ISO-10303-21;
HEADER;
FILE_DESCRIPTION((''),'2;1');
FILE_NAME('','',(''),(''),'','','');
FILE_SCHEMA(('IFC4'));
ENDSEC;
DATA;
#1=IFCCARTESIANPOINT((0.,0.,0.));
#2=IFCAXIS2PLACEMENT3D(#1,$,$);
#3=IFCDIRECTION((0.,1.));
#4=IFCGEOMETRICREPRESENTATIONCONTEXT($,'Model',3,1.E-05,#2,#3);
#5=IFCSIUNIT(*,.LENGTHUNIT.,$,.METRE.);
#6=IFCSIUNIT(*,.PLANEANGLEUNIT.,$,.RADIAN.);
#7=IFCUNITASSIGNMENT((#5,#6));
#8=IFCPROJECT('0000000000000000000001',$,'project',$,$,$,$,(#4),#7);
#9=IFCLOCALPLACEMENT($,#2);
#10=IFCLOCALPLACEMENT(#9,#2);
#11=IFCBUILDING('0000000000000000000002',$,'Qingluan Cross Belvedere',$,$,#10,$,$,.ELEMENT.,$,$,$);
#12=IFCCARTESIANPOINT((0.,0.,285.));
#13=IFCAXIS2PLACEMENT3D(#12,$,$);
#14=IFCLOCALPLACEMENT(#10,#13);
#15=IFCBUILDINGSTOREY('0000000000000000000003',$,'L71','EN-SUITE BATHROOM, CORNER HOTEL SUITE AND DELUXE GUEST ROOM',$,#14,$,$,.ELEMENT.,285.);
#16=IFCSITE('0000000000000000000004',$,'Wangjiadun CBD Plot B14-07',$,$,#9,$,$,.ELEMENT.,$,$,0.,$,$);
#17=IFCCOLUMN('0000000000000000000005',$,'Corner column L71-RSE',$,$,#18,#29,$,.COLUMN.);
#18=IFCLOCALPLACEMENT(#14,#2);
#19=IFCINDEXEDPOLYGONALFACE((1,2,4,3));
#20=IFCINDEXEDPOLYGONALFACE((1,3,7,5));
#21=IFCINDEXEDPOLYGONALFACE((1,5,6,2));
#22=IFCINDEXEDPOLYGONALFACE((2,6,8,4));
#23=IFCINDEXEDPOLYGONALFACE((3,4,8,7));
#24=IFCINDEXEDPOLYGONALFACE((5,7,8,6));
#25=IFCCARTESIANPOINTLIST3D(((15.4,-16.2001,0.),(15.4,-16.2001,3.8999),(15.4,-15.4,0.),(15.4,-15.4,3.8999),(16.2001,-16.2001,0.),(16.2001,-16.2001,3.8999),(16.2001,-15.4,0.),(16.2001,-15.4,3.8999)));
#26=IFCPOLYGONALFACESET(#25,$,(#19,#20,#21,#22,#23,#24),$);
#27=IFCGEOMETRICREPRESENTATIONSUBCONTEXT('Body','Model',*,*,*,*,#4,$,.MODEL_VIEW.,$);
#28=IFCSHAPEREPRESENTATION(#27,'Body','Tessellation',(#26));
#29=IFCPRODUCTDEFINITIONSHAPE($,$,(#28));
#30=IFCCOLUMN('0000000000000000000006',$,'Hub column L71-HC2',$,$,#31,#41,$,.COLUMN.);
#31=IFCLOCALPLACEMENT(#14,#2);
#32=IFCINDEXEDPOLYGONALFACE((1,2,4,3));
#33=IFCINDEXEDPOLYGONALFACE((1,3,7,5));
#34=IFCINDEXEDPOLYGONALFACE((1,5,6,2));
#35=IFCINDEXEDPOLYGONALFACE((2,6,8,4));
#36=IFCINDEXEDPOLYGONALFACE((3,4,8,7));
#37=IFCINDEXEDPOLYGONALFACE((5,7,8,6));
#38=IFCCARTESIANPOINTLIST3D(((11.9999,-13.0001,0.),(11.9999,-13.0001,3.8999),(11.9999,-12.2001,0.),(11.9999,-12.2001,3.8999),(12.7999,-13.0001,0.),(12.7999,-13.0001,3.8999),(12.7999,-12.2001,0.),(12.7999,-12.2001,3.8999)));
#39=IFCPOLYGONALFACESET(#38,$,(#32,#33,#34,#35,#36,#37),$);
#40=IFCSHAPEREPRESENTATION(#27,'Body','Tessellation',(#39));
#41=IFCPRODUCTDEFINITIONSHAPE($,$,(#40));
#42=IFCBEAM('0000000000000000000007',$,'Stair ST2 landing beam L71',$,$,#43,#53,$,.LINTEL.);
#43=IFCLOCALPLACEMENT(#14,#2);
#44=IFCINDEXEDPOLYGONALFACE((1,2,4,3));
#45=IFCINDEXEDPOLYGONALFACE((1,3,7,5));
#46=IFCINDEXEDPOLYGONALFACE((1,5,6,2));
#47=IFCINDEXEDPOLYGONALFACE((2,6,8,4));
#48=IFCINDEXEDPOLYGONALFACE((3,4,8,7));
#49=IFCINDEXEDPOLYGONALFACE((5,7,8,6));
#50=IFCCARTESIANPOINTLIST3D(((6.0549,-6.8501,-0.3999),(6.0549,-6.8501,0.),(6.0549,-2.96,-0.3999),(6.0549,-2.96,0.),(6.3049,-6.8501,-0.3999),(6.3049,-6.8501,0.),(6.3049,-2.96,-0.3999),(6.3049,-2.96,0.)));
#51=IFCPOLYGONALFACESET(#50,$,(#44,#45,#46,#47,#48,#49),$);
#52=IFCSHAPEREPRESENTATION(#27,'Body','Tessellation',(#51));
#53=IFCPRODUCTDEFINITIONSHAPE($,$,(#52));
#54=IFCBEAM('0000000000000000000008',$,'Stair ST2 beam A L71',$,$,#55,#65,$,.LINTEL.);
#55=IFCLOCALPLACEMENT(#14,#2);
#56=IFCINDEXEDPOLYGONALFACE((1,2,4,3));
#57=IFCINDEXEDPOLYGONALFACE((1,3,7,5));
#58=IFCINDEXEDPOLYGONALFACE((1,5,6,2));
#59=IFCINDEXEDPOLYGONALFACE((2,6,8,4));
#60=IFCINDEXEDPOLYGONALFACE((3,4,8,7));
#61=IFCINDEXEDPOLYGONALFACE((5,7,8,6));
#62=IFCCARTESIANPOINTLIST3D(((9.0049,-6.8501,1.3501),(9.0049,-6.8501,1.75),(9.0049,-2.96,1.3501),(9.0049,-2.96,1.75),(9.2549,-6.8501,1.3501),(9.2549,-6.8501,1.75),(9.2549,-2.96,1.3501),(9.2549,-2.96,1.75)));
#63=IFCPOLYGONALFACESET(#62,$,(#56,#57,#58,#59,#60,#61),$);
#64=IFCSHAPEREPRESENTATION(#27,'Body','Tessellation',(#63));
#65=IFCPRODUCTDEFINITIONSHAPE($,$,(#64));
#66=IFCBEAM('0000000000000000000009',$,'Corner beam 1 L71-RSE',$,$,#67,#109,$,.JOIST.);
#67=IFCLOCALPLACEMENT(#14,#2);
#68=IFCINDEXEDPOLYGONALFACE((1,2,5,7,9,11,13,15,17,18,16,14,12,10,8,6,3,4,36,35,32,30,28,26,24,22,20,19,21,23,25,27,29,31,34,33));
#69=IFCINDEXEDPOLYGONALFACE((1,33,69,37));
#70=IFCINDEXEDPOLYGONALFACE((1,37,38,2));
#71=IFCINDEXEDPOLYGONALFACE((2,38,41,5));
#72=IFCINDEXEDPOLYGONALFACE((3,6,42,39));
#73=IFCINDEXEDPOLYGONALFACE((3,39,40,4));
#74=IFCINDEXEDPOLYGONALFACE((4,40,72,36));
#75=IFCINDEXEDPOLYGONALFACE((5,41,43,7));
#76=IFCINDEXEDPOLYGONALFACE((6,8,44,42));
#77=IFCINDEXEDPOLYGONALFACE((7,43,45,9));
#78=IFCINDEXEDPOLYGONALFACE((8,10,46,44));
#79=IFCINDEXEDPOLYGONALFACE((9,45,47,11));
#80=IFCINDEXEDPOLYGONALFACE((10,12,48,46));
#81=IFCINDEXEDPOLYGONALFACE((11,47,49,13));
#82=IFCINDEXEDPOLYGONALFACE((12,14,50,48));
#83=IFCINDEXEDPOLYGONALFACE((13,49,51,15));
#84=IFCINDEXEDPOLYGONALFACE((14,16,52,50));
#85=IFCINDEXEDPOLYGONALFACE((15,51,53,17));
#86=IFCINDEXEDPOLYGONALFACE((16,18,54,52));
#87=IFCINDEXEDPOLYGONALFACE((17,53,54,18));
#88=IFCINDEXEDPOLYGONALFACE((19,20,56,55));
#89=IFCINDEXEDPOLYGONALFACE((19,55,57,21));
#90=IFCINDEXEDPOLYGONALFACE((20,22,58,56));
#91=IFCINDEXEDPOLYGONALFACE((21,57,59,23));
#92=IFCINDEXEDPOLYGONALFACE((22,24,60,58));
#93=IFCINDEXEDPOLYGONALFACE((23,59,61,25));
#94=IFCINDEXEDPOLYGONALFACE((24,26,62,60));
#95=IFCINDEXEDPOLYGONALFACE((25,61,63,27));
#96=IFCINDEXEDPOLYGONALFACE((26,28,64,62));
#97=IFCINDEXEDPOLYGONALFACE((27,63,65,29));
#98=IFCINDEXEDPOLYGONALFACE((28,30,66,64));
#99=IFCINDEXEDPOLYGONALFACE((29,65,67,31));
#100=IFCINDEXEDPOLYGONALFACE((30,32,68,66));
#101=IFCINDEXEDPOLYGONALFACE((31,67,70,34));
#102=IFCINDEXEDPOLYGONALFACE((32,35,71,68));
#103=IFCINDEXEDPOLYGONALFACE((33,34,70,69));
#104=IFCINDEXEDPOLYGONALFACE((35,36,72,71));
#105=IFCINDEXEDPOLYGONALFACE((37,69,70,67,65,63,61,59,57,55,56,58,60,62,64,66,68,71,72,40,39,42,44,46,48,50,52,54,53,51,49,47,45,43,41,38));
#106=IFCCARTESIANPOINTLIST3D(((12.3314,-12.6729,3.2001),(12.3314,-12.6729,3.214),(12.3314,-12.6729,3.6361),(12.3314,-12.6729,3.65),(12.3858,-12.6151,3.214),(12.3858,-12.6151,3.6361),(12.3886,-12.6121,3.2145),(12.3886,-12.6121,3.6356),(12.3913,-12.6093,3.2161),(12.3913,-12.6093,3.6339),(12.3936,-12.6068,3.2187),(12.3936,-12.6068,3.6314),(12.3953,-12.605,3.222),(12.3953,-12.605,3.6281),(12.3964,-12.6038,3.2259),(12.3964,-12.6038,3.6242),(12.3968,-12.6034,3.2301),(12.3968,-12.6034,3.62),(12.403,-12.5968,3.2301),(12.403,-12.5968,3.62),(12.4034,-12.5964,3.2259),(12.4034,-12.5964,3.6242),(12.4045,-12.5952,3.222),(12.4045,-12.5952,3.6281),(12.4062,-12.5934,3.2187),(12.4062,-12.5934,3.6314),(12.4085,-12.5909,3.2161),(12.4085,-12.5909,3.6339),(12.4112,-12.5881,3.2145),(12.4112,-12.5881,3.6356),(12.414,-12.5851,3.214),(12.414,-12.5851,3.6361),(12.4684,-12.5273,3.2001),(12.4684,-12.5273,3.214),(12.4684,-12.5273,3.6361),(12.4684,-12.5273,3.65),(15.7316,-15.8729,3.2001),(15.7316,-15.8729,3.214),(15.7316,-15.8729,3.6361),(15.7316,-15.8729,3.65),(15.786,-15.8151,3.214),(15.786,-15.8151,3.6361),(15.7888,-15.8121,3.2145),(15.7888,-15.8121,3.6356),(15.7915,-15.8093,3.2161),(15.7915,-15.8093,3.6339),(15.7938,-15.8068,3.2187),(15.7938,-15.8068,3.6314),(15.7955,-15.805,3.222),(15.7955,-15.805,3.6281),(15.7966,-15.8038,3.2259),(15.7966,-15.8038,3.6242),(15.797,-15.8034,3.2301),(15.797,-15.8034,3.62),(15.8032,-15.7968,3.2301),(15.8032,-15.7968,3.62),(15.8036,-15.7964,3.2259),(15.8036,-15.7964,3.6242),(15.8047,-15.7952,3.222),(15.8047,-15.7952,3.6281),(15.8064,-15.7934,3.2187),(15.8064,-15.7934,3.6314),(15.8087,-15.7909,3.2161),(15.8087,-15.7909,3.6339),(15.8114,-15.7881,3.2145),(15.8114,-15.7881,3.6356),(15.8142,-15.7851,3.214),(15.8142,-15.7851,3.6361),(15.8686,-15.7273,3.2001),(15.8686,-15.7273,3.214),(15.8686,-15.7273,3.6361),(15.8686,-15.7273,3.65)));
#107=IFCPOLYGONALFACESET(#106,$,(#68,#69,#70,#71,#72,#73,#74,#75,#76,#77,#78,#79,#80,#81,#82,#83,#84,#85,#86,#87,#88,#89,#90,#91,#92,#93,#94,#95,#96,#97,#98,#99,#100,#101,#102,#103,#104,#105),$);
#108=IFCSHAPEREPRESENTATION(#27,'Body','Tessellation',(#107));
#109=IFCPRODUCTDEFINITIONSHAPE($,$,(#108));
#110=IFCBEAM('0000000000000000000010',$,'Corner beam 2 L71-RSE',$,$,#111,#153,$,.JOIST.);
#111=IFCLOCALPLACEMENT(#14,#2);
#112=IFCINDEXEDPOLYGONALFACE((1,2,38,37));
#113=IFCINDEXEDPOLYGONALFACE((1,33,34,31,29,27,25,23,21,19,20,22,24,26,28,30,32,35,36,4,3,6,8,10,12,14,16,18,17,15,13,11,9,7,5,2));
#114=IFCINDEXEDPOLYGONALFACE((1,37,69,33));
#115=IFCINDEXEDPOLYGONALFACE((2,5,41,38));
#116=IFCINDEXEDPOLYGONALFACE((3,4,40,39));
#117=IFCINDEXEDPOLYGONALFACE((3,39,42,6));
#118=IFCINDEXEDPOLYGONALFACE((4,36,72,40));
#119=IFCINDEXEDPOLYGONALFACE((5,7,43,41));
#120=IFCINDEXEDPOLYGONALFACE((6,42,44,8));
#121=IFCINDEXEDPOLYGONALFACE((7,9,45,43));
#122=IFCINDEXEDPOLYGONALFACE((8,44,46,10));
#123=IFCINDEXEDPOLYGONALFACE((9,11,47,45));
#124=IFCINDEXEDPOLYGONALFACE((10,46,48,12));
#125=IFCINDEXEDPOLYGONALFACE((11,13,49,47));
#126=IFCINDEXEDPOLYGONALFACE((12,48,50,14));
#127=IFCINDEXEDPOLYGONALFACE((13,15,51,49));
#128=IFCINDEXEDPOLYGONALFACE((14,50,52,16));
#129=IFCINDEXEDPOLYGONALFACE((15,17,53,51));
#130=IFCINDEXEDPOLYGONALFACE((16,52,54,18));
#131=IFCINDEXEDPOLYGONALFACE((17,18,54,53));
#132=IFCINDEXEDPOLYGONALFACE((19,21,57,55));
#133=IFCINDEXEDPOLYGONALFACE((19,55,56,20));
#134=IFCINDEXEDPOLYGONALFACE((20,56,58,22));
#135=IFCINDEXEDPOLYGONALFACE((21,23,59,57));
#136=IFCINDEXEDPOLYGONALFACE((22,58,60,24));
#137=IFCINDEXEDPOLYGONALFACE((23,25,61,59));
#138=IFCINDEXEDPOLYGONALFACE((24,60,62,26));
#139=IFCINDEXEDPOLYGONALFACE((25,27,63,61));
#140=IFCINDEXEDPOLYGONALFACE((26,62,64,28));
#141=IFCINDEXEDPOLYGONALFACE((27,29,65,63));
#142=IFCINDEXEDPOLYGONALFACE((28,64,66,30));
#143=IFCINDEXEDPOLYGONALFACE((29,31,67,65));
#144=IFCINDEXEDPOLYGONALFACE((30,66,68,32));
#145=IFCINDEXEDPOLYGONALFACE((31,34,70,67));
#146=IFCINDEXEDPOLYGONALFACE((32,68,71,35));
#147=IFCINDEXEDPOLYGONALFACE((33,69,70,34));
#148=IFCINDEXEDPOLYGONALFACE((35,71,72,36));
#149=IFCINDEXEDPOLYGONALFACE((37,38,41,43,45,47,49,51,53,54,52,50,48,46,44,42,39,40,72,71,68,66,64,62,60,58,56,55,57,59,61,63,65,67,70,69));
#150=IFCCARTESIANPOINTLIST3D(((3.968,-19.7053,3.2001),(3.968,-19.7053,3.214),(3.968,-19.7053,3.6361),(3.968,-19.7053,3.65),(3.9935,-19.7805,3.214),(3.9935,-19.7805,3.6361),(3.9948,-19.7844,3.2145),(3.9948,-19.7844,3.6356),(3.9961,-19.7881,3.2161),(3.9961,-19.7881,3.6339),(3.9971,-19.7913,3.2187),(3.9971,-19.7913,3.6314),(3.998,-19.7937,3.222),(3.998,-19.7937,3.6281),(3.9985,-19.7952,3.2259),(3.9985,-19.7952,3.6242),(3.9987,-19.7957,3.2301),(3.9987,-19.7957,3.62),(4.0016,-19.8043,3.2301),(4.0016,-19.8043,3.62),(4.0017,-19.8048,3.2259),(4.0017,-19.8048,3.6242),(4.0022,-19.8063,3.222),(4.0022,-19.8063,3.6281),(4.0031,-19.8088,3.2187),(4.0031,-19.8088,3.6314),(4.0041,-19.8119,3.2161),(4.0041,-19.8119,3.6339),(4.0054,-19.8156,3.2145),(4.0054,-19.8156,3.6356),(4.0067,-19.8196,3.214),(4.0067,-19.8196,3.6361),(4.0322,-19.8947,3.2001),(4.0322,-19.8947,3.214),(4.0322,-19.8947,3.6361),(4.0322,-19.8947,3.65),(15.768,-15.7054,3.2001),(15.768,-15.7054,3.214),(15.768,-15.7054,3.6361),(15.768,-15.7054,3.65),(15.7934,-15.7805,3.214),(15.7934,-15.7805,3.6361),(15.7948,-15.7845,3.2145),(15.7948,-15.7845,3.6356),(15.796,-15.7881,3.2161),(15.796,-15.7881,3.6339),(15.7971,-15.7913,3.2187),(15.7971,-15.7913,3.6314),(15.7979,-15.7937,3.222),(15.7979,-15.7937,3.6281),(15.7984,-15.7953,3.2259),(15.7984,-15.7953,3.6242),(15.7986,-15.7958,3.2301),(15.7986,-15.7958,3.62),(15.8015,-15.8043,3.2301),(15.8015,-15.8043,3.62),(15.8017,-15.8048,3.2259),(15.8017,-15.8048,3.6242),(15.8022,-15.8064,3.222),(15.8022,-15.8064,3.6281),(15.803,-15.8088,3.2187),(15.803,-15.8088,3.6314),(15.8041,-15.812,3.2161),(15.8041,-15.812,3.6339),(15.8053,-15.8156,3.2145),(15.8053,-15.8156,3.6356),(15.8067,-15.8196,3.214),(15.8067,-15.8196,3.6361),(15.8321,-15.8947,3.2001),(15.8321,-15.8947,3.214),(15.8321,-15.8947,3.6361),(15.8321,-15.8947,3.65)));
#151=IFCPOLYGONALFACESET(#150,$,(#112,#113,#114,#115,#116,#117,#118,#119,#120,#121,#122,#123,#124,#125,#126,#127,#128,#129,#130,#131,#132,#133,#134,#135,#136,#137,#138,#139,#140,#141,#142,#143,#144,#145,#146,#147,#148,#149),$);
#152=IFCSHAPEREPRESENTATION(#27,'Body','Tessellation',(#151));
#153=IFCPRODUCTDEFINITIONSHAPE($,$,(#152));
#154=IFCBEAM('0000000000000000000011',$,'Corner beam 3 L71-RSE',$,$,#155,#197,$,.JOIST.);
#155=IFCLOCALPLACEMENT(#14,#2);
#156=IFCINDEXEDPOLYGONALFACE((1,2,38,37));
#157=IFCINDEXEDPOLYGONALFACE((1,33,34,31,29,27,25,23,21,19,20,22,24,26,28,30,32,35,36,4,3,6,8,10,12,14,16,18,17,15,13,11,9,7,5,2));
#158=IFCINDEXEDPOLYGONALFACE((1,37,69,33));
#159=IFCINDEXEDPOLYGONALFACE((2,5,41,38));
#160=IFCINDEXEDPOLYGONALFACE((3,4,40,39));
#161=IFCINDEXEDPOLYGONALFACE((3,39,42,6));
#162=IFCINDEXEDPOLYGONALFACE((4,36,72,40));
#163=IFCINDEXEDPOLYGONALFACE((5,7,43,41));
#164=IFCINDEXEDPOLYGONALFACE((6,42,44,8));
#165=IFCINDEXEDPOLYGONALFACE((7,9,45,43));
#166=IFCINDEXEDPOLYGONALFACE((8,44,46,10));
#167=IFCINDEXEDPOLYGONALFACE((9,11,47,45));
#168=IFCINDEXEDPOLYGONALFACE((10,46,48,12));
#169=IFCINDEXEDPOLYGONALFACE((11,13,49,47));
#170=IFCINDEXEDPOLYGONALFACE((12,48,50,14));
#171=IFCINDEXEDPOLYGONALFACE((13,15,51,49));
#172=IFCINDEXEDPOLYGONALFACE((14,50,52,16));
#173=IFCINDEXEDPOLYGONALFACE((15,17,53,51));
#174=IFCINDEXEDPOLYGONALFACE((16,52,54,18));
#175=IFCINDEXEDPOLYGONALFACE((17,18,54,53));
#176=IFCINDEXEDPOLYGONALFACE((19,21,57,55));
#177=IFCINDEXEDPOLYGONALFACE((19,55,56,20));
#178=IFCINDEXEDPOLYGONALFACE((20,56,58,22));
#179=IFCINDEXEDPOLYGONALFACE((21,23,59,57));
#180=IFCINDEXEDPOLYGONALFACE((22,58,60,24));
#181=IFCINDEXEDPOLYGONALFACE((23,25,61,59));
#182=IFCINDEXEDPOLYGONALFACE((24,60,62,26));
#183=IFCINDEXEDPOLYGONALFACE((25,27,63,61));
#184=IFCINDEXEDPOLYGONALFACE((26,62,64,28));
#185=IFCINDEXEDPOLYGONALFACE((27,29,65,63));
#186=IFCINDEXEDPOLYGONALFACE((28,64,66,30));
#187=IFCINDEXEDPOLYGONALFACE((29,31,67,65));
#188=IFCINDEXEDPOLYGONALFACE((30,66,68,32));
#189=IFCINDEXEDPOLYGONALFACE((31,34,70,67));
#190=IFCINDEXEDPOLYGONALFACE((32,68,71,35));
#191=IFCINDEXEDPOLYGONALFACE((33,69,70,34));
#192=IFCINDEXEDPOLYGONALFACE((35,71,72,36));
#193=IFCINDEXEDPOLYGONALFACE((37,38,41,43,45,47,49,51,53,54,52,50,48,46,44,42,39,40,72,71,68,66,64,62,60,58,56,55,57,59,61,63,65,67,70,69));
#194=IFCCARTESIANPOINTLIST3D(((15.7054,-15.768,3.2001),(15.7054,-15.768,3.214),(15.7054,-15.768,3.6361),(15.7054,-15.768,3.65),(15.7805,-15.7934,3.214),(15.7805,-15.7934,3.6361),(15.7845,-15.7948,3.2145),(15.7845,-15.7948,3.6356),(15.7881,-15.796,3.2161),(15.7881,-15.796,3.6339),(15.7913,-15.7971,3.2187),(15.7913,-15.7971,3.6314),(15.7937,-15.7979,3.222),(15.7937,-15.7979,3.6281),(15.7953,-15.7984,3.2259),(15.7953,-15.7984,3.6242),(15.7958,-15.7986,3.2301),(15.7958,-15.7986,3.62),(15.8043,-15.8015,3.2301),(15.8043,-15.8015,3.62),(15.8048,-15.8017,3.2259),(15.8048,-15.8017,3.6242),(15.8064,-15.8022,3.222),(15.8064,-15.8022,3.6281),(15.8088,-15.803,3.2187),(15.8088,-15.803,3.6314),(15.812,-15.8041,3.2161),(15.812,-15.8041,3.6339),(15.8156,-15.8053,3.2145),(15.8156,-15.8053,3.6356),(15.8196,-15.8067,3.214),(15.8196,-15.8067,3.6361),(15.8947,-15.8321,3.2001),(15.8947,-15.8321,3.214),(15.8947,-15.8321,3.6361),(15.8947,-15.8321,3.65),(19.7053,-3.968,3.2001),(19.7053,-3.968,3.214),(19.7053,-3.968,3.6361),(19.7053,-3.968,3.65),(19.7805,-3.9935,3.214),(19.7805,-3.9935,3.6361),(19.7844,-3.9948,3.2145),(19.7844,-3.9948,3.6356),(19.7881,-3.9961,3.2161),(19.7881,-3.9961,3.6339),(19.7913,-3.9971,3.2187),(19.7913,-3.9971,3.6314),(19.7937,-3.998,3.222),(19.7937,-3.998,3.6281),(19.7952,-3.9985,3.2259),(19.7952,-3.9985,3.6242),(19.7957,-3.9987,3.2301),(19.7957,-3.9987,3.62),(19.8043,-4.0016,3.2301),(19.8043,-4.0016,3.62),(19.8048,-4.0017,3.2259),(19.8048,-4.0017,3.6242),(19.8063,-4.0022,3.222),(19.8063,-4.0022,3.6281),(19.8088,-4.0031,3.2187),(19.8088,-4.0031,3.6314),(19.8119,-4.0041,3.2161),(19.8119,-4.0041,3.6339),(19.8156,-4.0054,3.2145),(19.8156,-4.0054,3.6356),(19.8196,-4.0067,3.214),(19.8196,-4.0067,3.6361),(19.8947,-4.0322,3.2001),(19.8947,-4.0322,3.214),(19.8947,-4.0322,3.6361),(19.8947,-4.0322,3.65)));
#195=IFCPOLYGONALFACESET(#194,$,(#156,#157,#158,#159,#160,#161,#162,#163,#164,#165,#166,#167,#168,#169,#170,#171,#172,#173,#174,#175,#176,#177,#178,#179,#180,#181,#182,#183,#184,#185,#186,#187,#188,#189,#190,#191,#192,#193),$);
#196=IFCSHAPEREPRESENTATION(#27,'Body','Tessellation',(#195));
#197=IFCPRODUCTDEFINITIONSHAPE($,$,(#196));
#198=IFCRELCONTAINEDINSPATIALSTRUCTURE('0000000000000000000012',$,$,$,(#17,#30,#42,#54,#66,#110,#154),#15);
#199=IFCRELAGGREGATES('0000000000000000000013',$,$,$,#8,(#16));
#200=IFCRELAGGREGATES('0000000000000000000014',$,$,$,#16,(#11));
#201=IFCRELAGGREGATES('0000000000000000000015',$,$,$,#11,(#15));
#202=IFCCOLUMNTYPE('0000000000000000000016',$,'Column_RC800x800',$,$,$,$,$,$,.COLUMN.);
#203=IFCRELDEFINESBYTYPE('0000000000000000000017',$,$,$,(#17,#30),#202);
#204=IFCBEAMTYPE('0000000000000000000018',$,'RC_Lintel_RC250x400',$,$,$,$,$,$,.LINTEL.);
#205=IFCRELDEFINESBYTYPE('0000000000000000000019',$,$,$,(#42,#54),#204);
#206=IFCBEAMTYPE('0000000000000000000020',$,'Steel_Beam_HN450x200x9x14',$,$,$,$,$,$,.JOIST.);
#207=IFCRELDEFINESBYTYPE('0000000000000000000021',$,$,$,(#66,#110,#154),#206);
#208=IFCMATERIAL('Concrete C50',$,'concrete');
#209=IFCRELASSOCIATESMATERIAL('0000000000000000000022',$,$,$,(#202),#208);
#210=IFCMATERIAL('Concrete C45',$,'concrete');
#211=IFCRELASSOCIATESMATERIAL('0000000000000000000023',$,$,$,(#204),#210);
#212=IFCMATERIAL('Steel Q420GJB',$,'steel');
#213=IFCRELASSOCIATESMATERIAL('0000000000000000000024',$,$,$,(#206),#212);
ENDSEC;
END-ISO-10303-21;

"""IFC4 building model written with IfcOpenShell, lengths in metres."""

from ifc_helpers import new_model, si_unit, direction, frame, origin, origin_2d, place, context, subcontext, project, spatial, rectangle, i_section, extrude, material, material_profile, profile_set, type_object, element, save


model = new_model("IFC4")

# Units and contexts
model_context = context("Model", 3, precision=1e-05, world=origin(), true_north=direction((0.0, 1.0)))
body_context = subcontext(model_context, "Body", "Model", "MODEL_VIEW")
ifc_project = project(units=[si_unit("LENGTHUNIT", "METRE"), si_unit("PLANEANGLEUNIT", "RADIAN")], contexts=[model_context])

# Site, building, storey
site_placement = place(None, origin())
site = spatial("IfcSite", under=ifc_project, at=site_placement, Name="Wangjiadun CBD Plot B14-07", CompositionType="ELEMENT", RefElevation=0.0)
building_placement = place(site_placement, origin())
building = spatial("IfcBuilding", under=site, at=building_placement, Name="Qingluan Cross Belvedere", CompositionType="ELEMENT")
storey_placement = place(building_placement, frame((0.0, 0.0, 285.0)))
storey = spatial("IfcBuildingStorey", under=building, at=storey_placement, Name="L71", Description="EN-SUITE BATHROOM, CORNER HOTEL SUITE AND DELUXE GUEST ROOM", CompositionType="ELEMENT", Elevation=285.0)

# Columns
ifc_material_1 = material(Name="Concrete C50", Category="concrete")
ifc_material_profile_1 = material_profile(ifc_material_1, rectangle(XDim=0.8, YDim=0.8, at=origin_2d()), Name="RC800x800")
ifc_profile_set_1 = profile_set([ifc_material_profile_1], Name="Concrete C50")
column_type = type_object("IfcColumnType", Name="Column_RC800x800", PredefinedType="COLUMN", material=ifc_profile_set_1)
for number, where, z_axis, x_axis, name in (
    (1, (15.8, -15.8, 0.0), (0.0, 0.0, 1.0), (1.0, 0.0, 0.0), "Corner column L71-RSE"),
    (2, (12.3999, -12.6001, 0.0), (0.0, 0.0, 1.0), (1.0, 0.0, 0.0), "Hub column L71-HC2"),
):
    element("IfcColumn", number, at=place(storey_placement, frame(where, z_axis=z_axis, x_axis=x_axis)), inside=storey, type_object=column_type, Name=name, PredefinedType="COLUMN", context=body_context, shape_type="SweptSolid", body=[
        extrude(rectangle(XDim=0.8, YDim=0.8, at=origin_2d()), origin(), (0.0, 0.0, 1.0), 3.8999),
    ])

# Beams
ifc_material_2 = material(Name="Concrete C45", Category="concrete")
ifc_material_profile_2 = material_profile(ifc_material_2, rectangle(XDim=0.25, YDim=0.3999, at=origin_2d()), Name="RC250x400")
ifc_profile_set_2 = profile_set([ifc_material_profile_2], Name="Concrete C45")
beam_type_1 = type_object("IfcBeamType", Name="RC_Lintel_RC250x400", PredefinedType="LINTEL", material=ifc_profile_set_2)
for number, where, z_axis, x_axis, name in (
    (3, (6.1799, -6.8501, -0.2), (0.0, 1.0, 0.0), (-1.0, 0.0, 0.0), "Stair ST2 landing beam L71"),
    (4, (9.1299, -6.8501, 1.55), (0.0, 1.0, 0.0), (-1.0, 0.0, 0.0), "Stair ST2 beam A L71"),
):
    element("IfcBeam", number, at=place(storey_placement, frame(where, z_axis=z_axis, x_axis=x_axis)), inside=storey, type_object=beam_type_1, Name=name, PredefinedType="LINTEL", context=body_context, shape_type="SweptSolid", body=[
        extrude(rectangle(XDim=0.25, YDim=0.3999, at=origin_2d()), origin(), (0.0, 0.0, 1.0), 3.8901),
    ])
ifc_material_3 = material(Name="Steel Q420GJB", Category="steel")
ifc_material_profile_3 = material_profile(ifc_material_3, i_section(OverallWidth=0.2, OverallDepth=0.45, WebThickness=0.009, FlangeThickness=0.0139, FilletRadius=0.0161, at=origin_2d()), Name="HN450x200x9x14")
ifc_profile_set_3 = profile_set([ifc_material_profile_3], Name="Steel Q420GJB")
beam_type_2 = type_object("IfcBeamType", Name="Steel_Beam_HN450x200x9x14", PredefinedType="JOIST", material=ifc_profile_set_3)
beam_1_placement = place(storey_placement, frame((12.3999, -12.6001, 3.425), z_axis=(0.72822, -0.685343, 0.0), x_axis=(0.685343, 0.72822, 0.0)))
element("IfcBeam", 5, at=beam_1_placement, inside=storey, type_object=beam_type_2, Name="Corner beam 1 L71-RSE", PredefinedType="JOIST", context=body_context, shape_type="SweptSolid", body=[
    extrude(i_section(OverallWidth=0.2, OverallDepth=0.45, WebThickness=0.009, FlangeThickness=0.0139, FilletRadius=0.0161, at=origin_2d()), origin(), (0.0, 0.0, 1.0), 4.6692),
])
for number, where, z_axis, x_axis, name in (
    (6, (15.8, -15.8, 3.425), (-0.947066, -0.321038, 0.0), (0.321038, -0.947066, 0.0), "Corner beam 2 L71-RSE"),
    (7, (15.8, -15.8, 3.425), (0.321038, 0.947066, 0.0), (-0.947066, 0.321038, 0.0), "Corner beam 3 L71-RSE"),
):
    element("IfcBeam", number, at=place(storey_placement, frame(where, z_axis=z_axis, x_axis=x_axis)), inside=storey, type_object=beam_type_2, Name=name, PredefinedType="JOIST", context=body_context, shape_type="SweptSolid", body=[
        extrude(i_section(OverallWidth=0.2, OverallDepth=0.45, WebThickness=0.009, FlangeThickness=0.0139, FilletRadius=0.0161, at=origin_2d()), origin(), (0.0, 0.0, 1.0), 12.4595),
    ])

save(model, "model.ifc")
